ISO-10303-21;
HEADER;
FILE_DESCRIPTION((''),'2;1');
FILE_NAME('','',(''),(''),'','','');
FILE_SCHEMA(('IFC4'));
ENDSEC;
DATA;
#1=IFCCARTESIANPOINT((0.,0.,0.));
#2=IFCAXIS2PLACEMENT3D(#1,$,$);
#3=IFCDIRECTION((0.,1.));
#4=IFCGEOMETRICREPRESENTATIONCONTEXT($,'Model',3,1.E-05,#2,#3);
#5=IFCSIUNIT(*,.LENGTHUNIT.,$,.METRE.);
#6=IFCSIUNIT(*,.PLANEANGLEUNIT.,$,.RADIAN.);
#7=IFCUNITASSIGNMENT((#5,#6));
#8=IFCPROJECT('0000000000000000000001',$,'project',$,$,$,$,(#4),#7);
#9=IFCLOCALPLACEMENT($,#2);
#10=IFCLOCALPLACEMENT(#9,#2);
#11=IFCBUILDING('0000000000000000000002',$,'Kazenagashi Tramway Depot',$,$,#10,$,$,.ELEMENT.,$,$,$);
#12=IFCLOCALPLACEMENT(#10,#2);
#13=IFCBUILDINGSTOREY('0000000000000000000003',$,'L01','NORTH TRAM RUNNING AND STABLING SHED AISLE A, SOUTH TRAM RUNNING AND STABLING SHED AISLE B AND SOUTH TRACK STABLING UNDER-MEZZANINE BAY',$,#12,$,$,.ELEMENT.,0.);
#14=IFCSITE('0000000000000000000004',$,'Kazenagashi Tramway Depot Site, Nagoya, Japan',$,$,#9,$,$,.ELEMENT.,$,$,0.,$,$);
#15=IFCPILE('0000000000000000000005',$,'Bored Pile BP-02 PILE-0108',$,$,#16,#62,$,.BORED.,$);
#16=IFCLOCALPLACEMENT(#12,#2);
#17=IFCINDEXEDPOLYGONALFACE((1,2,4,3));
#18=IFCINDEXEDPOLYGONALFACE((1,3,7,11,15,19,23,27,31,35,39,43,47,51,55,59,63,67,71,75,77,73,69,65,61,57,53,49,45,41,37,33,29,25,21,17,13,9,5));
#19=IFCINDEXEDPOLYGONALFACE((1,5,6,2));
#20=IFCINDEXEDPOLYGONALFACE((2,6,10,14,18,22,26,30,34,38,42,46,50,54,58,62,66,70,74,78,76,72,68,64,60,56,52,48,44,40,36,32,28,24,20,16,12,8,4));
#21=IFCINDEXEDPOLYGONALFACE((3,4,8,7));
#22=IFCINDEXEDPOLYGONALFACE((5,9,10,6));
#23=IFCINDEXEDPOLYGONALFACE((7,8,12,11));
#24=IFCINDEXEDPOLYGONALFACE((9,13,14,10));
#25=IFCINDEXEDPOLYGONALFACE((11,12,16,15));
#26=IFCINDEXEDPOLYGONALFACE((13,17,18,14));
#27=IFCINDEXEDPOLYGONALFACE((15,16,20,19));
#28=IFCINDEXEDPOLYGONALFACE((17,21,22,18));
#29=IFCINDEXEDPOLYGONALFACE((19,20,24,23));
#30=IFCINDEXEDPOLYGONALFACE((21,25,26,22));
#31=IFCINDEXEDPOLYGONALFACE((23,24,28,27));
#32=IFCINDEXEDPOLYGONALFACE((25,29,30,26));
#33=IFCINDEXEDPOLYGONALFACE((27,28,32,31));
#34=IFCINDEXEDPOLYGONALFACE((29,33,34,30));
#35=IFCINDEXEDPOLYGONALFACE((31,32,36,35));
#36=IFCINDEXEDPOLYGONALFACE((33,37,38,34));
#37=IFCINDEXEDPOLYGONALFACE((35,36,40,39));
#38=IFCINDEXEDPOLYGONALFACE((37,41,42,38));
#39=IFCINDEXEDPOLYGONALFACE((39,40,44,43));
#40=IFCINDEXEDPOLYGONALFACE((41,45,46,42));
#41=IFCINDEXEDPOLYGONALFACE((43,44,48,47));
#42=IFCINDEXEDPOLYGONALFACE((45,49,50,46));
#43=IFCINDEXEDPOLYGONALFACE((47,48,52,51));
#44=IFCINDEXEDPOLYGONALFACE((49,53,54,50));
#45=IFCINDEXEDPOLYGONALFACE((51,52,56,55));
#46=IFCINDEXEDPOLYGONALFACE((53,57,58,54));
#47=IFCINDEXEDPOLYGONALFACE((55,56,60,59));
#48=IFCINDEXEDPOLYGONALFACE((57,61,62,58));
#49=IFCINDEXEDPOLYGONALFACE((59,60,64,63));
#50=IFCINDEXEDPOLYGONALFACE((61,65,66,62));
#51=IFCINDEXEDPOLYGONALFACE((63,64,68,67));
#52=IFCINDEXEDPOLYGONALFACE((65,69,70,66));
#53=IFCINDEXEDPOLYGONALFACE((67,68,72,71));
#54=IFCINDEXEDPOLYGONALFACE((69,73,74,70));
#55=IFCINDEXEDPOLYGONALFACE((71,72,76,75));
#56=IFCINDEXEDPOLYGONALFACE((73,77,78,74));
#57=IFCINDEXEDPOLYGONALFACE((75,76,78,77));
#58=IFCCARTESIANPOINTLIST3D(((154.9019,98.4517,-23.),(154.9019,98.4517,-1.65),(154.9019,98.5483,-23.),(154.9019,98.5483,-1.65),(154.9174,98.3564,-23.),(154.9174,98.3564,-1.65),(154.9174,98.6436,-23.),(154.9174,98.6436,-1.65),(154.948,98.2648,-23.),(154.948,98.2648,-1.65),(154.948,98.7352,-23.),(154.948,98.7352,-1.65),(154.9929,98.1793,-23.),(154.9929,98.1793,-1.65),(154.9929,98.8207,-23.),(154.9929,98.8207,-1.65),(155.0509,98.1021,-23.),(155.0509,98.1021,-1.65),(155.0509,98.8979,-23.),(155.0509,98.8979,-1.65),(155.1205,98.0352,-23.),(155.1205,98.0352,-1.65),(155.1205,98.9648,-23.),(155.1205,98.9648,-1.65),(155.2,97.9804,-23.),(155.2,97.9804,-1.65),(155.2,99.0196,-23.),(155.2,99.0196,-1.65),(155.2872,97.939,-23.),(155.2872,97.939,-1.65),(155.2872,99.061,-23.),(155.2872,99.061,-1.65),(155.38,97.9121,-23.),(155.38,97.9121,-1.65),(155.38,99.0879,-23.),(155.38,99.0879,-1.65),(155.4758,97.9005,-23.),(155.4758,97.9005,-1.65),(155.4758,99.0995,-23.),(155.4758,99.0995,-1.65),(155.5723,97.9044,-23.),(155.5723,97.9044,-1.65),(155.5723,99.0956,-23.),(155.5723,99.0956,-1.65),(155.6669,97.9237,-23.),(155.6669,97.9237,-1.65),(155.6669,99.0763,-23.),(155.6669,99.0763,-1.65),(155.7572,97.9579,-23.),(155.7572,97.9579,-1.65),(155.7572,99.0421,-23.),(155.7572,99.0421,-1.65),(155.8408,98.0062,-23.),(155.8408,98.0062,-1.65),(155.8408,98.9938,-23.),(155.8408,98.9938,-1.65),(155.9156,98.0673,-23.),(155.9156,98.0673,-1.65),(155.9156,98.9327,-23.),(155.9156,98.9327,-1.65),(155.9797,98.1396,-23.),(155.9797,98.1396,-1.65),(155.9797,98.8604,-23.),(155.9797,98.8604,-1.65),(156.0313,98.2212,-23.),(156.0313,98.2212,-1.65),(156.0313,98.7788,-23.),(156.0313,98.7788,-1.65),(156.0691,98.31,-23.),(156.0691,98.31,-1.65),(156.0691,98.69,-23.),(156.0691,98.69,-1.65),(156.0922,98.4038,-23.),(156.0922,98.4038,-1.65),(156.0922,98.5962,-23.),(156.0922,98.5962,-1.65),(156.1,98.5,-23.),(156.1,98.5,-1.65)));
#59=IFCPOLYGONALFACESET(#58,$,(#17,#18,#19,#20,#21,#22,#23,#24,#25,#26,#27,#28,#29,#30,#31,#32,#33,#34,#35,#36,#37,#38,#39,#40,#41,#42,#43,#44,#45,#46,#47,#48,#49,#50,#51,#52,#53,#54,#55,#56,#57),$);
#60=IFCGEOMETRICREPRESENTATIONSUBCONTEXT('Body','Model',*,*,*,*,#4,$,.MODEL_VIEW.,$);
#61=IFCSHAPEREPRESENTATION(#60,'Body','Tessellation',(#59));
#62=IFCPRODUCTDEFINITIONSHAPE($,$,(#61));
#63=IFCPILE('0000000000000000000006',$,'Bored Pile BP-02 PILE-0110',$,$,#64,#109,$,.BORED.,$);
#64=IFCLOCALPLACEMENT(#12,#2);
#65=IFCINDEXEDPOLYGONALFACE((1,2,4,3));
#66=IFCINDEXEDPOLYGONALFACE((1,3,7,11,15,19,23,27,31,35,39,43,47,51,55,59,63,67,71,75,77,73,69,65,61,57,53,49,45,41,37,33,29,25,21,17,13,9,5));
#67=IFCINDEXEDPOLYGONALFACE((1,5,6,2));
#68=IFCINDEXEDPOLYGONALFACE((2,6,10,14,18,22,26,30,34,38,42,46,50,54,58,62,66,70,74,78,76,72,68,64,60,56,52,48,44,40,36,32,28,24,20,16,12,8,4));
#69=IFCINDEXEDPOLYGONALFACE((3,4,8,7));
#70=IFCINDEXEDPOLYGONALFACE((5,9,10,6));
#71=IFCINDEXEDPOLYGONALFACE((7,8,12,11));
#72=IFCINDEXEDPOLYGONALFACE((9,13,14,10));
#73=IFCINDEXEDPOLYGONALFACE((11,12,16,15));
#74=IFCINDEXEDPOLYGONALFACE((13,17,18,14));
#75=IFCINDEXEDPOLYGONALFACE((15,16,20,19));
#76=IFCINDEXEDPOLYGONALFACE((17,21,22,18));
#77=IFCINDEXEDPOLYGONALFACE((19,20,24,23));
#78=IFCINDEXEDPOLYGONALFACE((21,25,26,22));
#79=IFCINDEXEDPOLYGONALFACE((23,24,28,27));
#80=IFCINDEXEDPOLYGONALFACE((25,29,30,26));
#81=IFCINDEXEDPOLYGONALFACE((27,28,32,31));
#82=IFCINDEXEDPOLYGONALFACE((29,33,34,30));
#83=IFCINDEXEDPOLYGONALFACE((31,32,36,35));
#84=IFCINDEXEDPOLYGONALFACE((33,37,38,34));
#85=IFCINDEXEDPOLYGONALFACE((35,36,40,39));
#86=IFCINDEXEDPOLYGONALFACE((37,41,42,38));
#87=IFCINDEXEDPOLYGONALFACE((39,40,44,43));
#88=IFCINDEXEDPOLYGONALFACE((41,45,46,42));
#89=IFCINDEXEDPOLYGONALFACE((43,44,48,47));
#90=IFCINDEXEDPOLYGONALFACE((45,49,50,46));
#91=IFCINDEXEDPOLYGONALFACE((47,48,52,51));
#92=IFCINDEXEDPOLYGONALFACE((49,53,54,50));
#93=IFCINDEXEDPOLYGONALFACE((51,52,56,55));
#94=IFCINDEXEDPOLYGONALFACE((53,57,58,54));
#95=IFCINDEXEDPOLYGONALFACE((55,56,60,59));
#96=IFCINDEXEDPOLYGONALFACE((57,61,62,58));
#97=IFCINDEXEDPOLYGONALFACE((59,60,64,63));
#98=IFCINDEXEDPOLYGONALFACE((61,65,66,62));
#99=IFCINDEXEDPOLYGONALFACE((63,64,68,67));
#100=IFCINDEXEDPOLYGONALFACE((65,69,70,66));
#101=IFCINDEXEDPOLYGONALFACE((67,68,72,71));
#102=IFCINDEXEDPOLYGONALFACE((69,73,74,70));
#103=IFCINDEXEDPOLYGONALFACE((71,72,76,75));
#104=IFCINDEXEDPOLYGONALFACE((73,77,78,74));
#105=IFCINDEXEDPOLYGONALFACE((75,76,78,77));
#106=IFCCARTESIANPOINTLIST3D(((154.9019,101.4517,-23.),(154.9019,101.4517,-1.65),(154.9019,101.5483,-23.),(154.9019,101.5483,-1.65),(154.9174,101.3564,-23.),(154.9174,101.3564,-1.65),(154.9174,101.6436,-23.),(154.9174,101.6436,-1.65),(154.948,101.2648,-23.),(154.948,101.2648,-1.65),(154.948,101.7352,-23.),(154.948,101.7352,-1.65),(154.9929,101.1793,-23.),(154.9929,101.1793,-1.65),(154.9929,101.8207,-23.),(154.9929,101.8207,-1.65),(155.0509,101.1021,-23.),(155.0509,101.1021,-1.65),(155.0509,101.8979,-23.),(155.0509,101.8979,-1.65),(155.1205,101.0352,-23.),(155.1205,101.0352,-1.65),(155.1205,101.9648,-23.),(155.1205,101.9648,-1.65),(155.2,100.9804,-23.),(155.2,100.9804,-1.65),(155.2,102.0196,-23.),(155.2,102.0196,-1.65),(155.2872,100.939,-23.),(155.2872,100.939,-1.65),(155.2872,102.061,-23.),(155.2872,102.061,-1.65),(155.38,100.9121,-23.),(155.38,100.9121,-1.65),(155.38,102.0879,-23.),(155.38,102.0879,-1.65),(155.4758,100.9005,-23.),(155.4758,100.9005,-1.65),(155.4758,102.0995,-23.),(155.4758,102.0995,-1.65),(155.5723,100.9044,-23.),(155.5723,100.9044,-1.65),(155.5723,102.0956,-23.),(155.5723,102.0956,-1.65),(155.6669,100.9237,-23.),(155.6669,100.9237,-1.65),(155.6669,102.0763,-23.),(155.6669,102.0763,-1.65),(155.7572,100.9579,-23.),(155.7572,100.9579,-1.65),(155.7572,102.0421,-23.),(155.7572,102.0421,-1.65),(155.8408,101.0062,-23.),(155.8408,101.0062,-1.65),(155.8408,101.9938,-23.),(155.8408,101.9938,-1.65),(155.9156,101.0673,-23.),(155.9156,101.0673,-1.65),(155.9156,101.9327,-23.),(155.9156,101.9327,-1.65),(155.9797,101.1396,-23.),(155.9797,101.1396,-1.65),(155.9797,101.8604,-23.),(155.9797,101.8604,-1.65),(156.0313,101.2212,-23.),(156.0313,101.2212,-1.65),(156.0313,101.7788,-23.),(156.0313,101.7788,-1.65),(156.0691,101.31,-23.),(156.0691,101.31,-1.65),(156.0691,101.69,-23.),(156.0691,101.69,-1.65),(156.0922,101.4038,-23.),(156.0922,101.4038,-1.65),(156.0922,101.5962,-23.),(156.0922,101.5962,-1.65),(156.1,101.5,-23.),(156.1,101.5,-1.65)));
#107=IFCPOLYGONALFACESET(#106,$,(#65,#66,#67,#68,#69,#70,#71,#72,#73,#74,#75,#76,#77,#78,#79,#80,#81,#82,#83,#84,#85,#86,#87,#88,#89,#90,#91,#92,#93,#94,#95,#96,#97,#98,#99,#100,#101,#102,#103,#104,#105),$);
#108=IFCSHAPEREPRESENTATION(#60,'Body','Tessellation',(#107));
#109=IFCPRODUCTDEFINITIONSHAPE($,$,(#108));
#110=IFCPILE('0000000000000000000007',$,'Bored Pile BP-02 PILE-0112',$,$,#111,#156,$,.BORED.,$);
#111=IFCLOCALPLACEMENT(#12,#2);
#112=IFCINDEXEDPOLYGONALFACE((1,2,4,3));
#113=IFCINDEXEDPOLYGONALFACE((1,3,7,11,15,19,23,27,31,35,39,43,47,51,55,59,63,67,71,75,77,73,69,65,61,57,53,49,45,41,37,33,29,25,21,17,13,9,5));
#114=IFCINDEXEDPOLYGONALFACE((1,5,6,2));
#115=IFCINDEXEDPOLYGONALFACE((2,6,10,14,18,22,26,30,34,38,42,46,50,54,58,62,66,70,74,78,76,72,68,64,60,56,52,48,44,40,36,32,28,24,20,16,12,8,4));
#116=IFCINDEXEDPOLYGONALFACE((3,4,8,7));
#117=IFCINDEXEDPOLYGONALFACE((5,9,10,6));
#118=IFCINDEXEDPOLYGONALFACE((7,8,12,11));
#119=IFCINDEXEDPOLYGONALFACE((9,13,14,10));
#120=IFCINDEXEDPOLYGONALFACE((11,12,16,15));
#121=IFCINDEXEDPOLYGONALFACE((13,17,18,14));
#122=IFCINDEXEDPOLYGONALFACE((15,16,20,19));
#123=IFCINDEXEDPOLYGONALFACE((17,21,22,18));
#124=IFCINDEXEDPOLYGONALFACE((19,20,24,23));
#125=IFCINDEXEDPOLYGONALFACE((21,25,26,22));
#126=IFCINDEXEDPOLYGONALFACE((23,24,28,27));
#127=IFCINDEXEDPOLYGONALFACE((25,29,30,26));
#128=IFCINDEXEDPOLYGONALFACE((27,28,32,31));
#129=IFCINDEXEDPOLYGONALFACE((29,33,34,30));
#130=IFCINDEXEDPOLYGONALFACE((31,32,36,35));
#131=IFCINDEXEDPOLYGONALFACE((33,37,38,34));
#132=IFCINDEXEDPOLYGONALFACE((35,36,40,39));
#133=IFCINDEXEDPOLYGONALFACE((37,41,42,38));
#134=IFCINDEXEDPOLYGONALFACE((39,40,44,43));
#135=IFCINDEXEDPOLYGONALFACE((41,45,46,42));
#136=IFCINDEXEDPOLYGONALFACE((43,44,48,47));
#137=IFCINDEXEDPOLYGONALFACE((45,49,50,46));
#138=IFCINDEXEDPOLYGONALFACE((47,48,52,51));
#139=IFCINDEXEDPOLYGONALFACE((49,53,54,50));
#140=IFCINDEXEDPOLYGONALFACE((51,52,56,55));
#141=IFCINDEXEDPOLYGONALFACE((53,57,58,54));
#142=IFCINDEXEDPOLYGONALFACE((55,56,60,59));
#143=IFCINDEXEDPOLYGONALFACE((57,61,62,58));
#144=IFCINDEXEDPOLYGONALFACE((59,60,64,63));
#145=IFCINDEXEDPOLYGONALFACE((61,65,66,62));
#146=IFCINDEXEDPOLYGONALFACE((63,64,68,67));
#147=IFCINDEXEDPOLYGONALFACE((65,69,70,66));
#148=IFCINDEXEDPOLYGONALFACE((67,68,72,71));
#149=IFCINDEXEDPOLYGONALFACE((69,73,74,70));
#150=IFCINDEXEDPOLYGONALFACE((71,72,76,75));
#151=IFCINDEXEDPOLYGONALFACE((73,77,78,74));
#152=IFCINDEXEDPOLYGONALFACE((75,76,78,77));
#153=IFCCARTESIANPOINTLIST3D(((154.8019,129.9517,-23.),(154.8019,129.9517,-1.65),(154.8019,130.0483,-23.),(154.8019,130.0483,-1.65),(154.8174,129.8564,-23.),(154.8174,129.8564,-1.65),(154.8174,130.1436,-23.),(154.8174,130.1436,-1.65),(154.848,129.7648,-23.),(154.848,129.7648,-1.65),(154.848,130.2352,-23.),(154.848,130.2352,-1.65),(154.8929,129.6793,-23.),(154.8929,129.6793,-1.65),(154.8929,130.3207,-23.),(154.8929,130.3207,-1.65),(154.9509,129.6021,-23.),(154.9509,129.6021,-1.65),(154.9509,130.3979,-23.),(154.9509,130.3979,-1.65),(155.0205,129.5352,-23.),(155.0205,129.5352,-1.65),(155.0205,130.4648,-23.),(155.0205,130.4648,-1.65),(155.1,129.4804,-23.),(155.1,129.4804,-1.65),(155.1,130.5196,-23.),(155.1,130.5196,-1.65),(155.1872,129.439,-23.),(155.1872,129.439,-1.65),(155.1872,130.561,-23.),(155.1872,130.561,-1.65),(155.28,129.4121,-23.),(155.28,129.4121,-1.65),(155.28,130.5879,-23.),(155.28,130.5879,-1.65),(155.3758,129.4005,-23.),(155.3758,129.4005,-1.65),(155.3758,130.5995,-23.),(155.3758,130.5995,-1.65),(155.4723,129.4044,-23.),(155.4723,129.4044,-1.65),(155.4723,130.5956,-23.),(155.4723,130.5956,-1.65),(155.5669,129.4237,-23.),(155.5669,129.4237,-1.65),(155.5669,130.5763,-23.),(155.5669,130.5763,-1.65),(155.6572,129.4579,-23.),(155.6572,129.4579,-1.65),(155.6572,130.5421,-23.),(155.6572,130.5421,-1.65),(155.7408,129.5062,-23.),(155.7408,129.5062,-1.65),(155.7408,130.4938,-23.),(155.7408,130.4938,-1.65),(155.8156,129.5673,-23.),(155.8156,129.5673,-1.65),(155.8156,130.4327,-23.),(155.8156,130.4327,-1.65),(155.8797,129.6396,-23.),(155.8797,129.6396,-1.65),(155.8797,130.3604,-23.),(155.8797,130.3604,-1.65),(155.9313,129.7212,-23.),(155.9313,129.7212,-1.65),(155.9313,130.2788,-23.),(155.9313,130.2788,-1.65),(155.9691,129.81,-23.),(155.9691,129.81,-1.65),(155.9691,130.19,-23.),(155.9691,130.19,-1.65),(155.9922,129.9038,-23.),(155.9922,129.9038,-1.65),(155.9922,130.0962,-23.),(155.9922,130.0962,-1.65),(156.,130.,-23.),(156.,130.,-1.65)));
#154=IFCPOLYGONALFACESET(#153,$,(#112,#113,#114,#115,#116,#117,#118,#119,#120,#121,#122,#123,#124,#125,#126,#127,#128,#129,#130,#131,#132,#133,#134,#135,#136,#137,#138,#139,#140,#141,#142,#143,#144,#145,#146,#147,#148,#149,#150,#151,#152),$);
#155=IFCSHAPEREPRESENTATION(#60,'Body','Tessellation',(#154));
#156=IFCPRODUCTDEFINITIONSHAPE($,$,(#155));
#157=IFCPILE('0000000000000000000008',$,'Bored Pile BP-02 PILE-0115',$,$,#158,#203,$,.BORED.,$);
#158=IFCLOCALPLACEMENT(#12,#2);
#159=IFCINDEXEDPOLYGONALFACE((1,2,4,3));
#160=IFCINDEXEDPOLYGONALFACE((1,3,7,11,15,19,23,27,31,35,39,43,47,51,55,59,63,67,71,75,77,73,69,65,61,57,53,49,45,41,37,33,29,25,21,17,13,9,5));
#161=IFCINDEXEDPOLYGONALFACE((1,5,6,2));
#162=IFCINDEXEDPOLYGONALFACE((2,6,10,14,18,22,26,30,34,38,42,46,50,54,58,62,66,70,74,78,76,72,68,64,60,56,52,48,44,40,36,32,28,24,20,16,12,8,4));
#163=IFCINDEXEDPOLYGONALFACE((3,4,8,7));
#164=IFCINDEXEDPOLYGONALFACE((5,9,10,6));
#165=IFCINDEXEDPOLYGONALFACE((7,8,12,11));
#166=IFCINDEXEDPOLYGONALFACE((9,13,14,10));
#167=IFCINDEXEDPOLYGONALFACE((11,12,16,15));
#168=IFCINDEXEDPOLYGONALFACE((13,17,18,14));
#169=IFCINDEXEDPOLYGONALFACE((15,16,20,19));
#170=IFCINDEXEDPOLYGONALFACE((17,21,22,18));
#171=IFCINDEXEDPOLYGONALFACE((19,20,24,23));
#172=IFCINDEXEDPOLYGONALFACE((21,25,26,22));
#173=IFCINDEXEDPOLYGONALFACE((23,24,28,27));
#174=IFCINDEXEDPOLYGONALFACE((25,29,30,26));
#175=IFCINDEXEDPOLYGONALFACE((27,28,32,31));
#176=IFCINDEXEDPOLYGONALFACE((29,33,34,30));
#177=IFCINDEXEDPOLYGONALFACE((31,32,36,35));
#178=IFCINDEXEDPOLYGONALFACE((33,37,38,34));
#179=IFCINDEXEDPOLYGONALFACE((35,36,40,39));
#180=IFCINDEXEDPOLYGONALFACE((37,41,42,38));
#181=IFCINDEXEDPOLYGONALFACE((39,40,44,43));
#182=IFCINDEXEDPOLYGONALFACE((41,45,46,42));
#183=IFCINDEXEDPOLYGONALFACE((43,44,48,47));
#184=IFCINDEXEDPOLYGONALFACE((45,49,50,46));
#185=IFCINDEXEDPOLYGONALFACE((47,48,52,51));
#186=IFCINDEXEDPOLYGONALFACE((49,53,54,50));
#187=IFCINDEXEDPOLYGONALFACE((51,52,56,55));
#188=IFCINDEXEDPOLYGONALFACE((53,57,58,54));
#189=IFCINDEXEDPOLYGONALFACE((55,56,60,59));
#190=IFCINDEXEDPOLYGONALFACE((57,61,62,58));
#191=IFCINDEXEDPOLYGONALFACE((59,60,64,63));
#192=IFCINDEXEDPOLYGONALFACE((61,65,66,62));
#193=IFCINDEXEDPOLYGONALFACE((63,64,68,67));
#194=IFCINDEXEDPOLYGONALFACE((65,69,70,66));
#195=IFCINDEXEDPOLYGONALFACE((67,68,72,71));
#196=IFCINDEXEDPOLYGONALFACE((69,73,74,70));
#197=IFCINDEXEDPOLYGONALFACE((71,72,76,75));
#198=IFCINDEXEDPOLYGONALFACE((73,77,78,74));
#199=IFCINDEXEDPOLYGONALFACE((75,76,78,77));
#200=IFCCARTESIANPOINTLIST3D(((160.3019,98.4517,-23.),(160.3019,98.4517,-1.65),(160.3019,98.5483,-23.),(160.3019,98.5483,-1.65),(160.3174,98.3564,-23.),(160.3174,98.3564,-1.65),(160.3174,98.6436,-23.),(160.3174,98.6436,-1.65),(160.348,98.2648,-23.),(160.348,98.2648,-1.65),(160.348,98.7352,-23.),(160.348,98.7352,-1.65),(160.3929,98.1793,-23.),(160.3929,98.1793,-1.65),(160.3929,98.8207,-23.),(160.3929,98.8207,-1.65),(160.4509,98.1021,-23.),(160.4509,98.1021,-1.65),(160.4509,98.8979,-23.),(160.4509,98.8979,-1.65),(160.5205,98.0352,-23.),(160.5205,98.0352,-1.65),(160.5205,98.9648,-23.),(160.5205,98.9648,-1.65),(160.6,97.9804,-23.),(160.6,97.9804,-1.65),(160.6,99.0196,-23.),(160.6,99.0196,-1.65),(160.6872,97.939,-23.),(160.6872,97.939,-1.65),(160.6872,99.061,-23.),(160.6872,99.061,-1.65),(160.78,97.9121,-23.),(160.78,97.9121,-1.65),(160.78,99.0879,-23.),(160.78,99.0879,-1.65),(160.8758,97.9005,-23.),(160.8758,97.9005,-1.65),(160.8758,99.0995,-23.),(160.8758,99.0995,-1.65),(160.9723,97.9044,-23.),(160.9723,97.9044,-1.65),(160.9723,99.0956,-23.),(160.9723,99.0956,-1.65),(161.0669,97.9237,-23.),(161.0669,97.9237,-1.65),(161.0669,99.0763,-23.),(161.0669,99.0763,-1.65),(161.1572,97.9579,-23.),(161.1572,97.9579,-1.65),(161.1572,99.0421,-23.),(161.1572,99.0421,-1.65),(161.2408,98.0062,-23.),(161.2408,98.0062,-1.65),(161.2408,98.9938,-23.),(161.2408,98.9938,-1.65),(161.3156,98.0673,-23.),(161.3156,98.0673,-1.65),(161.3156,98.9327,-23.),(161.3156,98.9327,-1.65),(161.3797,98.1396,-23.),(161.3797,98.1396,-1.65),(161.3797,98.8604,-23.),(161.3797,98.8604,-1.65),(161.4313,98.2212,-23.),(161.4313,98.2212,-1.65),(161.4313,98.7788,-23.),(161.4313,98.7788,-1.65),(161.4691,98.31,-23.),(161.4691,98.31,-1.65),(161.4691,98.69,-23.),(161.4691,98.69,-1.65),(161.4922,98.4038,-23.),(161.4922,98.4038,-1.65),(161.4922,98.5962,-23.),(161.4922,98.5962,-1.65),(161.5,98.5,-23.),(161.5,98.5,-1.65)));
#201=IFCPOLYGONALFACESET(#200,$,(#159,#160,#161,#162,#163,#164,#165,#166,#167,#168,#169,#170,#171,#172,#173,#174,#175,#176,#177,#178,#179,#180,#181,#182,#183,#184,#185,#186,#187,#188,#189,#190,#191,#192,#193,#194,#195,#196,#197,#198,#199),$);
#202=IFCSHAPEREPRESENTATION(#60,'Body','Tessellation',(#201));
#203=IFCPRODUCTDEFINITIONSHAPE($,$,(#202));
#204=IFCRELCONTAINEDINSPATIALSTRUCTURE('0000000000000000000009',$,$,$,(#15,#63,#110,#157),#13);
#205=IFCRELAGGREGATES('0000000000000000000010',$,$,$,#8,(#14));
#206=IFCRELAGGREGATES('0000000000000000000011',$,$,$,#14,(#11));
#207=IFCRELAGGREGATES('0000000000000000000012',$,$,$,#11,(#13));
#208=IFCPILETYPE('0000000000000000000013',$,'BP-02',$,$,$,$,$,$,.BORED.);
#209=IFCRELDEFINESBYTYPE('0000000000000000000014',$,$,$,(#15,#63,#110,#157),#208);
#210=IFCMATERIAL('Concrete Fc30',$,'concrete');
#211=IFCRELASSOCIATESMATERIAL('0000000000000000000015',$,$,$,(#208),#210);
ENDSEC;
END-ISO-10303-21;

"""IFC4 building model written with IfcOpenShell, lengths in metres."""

from ifc_helpers import new_model, si_unit, direction, frame, origin, origin_2d, place, context, subcontext, project, spatial, circle, extrude, material, material_profile, profile_set, type_object, element, save


model = new_model("IFC4")

# Units and contexts
model_context = context("Model", 3, precision=1e-05, world=origin(), true_north=direction((0.0, 1.0)))
body_context = subcontext(model_context, "Body", "Model", "MODEL_VIEW")
ifc_project = project(units=[si_unit("LENGTHUNIT", "METRE"), si_unit("PLANEANGLEUNIT", "RADIAN")], contexts=[model_context])

# Site, building, storey
site_placement = place(None, origin())
site = spatial("IfcSite", under=ifc_project, at=site_placement, Name="Kazenagashi Tramway Depot Site, Nagoya, Japan", CompositionType="ELEMENT", RefElevation=0.0)
building_placement = place(site_placement, origin())
building = spatial("IfcBuilding", under=site, at=building_placement, Name="Kazenagashi Tramway Depot", CompositionType="ELEMENT")
storey_placement = place(building_placement, origin())
storey = spatial("IfcBuildingStorey", under=building, at=storey_placement, Name="L01", Description="NORTH TRAM RUNNING AND STABLING SHED AISLE A, SOUTH TRAM RUNNING AND STABLING SHED AISLE B AND SOUTH TRACK STABLING UNDER-MEZZANINE BAY", CompositionType="ELEMENT", Elevation=0.0)

# Piles
ifc_material_1 = material(Name="Concrete Fc30", Category="concrete")
ifc_material_profile_1 = material_profile(ifc_material_1, circle(Radius=0.6, at=origin_2d()), Name="PILE-1200")
ifc_profile_set_1 = profile_set([ifc_material_profile_1], Name="Concrete Fc30")
pile_type = type_object("IfcPileType", Name="BP-02", PredefinedType="BORED", material=ifc_profile_set_1)
for number, where, z_axis, x_axis, name in (
    (1, (155.5, 98.5, -1.65), (0.0, 0.0, -1.0), (1.0, 0.0, 0.0), "Bored Pile BP-02 PILE-0108"),
    (2, (155.5, 101.5, -1.65), (0.0, 0.0, -1.0), (1.0, 0.0, 0.0), "Bored Pile BP-02 PILE-0110"),
    (3, (155.4, 130.0, -1.65), (0.0, 0.0, -1.0), (1.0, 0.0, 0.0), "Bored Pile BP-02 PILE-0112"),
    (4, (160.9, 98.5, -1.65), (0.0, 0.0, -1.0), (1.0, 0.0, 0.0), "Bored Pile BP-02 PILE-0115"),
):
    element("IfcPile", number, at=place(storey_placement, frame(where, z_axis=z_axis, x_axis=x_axis)), inside=storey, type_object=pile_type, Name=name, PredefinedType="BORED", context=body_context, shape_type="SweptSolid", body=[
        extrude(circle(Radius=0.6, at=origin_2d()), origin(), (0.0, 0.0, 1.0), 21.35),
    ])

save(model, "model.ifc")
